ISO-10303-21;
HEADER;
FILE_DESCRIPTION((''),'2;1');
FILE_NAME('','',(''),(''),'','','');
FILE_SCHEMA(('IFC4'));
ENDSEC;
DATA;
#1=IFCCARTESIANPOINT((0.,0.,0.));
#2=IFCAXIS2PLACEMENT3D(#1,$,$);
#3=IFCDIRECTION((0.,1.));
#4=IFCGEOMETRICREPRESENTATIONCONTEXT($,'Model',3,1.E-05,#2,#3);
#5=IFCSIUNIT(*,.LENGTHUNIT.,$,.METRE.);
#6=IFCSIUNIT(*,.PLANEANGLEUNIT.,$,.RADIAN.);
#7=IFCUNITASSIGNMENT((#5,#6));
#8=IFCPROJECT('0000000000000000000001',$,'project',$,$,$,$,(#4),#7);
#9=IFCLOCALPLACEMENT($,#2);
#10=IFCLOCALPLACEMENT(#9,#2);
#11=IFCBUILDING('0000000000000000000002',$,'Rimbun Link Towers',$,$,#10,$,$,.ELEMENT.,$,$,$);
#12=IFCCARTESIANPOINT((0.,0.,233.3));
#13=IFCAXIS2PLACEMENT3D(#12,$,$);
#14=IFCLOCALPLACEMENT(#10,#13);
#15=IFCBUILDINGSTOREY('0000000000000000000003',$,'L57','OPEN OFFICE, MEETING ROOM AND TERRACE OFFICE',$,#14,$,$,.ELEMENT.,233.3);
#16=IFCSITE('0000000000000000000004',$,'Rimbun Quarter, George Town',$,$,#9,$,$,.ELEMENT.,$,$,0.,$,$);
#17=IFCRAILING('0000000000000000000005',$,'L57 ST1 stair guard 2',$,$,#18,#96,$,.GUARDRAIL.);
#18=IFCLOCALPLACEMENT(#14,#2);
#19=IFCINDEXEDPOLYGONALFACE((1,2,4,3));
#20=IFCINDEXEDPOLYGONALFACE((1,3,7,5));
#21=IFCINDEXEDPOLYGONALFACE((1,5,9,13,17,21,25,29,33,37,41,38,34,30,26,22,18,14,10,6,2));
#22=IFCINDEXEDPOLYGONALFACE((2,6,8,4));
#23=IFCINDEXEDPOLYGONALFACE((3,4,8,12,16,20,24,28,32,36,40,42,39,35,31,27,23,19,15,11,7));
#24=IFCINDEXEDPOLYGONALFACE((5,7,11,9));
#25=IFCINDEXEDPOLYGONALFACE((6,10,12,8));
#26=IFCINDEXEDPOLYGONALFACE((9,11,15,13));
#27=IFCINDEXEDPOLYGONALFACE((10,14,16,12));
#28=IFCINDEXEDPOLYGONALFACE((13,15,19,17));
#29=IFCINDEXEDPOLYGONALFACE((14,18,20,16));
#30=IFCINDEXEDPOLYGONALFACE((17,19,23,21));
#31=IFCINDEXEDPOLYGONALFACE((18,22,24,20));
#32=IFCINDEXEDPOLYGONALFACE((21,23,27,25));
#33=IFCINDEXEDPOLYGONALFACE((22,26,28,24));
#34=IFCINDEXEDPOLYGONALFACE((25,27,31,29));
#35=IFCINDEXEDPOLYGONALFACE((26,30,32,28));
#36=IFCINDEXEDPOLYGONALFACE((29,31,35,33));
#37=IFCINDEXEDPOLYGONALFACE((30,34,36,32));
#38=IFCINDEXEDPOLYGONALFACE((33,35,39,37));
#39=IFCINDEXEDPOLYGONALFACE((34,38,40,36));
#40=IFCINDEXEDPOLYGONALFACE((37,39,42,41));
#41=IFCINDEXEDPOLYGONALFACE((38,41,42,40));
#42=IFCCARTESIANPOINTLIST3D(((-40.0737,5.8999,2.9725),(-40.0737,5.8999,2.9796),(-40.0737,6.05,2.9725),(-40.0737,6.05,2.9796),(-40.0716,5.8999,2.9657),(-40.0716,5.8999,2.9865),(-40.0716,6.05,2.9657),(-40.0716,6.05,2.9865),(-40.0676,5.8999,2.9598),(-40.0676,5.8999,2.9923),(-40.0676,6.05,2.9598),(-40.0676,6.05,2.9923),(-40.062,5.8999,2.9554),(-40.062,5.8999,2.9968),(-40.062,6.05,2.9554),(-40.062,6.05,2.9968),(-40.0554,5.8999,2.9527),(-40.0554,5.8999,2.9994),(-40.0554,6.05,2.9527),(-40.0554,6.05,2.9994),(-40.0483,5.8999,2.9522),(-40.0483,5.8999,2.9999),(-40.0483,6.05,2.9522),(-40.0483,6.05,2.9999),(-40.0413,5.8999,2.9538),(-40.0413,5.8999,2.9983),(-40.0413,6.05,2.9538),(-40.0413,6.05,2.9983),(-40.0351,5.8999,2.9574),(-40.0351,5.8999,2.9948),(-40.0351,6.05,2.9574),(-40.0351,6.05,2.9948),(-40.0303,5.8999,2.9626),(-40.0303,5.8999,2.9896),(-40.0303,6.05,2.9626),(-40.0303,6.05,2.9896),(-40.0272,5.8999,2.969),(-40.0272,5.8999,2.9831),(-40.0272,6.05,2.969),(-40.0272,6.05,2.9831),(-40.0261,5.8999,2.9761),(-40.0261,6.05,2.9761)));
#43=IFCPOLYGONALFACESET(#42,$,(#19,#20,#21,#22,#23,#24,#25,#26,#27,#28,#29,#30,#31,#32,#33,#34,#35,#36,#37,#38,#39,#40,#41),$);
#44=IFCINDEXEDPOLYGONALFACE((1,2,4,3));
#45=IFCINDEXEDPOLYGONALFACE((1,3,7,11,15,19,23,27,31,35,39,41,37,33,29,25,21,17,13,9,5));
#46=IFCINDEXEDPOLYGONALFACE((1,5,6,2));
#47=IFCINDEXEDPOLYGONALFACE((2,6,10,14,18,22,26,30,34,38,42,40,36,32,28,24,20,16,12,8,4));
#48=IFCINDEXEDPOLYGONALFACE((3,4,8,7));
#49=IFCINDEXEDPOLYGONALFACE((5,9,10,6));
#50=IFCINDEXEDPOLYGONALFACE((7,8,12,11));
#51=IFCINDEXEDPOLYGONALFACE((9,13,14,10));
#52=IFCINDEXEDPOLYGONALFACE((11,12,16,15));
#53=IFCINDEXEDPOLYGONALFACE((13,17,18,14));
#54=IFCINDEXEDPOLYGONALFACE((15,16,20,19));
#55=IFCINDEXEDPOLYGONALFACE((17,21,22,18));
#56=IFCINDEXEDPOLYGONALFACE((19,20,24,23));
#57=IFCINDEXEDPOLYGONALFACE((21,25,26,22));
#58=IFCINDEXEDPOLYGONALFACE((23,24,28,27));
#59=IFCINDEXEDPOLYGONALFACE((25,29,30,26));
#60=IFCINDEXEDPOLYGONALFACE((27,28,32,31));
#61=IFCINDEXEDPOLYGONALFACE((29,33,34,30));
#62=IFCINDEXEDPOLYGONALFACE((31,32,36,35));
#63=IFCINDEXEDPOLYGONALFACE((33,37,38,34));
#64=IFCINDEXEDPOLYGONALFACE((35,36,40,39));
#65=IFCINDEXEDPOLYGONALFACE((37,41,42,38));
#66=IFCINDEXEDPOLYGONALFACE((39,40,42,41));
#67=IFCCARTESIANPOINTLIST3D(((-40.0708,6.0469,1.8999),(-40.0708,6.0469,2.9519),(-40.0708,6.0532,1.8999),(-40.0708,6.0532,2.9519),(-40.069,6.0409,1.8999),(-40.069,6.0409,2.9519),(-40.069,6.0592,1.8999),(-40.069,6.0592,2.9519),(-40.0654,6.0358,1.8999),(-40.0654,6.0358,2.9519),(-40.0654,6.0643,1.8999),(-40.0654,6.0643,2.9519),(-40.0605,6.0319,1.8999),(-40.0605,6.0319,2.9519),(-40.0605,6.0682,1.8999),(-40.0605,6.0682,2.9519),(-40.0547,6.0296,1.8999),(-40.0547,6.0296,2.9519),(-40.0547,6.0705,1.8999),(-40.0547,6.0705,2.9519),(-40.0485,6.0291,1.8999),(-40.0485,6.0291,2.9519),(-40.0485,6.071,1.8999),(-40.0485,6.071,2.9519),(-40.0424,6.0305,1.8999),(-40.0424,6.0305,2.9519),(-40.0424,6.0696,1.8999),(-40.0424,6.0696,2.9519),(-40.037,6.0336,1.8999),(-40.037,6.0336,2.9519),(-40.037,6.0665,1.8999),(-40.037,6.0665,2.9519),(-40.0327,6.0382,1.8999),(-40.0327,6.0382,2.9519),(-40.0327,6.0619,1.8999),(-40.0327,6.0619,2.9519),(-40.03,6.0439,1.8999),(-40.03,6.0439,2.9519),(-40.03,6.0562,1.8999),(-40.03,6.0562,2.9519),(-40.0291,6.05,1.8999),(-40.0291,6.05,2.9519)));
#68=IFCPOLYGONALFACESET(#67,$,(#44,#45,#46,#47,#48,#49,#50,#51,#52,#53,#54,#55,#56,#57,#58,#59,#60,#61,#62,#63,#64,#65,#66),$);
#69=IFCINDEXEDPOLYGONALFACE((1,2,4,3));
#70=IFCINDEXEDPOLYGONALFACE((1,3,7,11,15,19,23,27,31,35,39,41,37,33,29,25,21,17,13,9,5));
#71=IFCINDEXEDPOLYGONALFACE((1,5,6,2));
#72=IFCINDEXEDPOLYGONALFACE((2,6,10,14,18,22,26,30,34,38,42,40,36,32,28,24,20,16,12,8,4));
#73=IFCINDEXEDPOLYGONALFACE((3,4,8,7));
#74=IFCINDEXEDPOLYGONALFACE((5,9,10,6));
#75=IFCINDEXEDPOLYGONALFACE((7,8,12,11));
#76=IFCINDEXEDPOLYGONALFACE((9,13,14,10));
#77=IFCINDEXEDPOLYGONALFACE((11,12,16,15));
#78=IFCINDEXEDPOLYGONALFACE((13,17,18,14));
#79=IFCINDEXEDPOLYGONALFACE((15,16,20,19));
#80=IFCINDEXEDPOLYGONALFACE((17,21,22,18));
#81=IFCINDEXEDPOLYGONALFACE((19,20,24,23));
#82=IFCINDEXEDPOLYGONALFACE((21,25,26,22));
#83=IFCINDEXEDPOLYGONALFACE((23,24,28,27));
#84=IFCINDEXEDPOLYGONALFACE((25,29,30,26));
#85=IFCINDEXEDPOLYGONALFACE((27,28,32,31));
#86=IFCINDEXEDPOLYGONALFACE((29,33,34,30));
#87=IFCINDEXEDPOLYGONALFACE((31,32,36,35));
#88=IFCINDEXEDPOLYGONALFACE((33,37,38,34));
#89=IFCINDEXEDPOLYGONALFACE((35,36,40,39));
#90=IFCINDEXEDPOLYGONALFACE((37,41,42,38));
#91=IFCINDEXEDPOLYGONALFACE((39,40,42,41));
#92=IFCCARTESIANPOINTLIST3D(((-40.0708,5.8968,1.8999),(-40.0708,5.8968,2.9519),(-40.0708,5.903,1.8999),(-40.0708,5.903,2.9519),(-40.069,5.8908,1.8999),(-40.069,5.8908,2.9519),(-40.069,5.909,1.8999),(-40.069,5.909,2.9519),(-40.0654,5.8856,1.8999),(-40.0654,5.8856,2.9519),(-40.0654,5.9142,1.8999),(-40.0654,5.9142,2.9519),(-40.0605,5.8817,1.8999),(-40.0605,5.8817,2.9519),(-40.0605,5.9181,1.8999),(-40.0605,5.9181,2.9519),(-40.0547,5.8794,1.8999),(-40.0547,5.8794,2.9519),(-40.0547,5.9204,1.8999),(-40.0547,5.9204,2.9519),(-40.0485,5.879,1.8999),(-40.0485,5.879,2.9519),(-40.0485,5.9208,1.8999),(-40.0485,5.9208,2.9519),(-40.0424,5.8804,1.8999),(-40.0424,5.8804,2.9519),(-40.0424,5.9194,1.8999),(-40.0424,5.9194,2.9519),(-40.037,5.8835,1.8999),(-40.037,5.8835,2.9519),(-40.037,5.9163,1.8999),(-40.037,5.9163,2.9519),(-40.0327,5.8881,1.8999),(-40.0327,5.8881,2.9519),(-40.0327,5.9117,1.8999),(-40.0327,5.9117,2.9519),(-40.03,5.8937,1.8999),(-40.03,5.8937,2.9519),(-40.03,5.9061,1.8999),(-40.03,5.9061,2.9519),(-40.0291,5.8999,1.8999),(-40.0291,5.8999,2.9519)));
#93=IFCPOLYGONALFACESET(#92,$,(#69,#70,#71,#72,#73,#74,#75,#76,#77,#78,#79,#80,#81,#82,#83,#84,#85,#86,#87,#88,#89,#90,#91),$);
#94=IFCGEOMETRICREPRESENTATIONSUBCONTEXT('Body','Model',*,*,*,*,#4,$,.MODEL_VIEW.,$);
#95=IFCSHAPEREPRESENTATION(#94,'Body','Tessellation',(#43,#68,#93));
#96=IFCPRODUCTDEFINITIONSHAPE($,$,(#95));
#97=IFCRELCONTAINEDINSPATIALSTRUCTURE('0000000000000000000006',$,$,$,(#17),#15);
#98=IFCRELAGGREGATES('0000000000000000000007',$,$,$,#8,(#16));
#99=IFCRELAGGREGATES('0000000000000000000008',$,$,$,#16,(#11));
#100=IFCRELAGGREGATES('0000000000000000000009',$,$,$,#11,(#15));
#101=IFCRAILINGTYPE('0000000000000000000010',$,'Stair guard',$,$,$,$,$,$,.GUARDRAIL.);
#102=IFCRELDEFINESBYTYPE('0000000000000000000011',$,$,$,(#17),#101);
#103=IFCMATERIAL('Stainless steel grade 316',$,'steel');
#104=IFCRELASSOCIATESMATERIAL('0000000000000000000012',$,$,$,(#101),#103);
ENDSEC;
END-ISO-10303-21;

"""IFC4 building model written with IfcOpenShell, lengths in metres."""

from ifc_helpers import new_model, si_unit, direction, frame, origin, origin_2d, place, context, subcontext, project, spatial, circle, extrude, material, type_object, element, save


model = new_model("IFC4")

# Units and contexts
model_context = context("Model", 3, precision=1e-05, world=origin(), true_north=direction((0.0, 1.0)))
body_context = subcontext(model_context, "Body", "Model", "MODEL_VIEW")
ifc_project = project(units=[si_unit("LENGTHUNIT", "METRE"), si_unit("PLANEANGLEUNIT", "RADIAN")], contexts=[model_context])

# Site, building, storey
site_placement = place(None, origin())
site = spatial("IfcSite", under=ifc_project, at=site_placement, Name="Rimbun Quarter, George Town", CompositionType="ELEMENT", RefElevation=0.0)
building_placement = place(site_placement, origin())
building = spatial("IfcBuilding", under=site, at=building_placement, Name="Rimbun Link Towers", CompositionType="ELEMENT")
storey_placement = place(building_placement, frame((0.0, 0.0, 233.3)))
storey = spatial("IfcBuildingStorey", under=building, at=storey_placement, Name="L57", Description="OPEN OFFICE, MEETING ROOM AND TERRACE OFFICE", CompositionType="ELEMENT", Elevation=233.3)

# Railing
ifc_material_1 = material(Name="Stainless steel grade 316", Category="steel")
railing_type_1 = type_object("IfcRailingType", Name="Stair guard", PredefinedType="GUARDRAIL", material=ifc_material_1)
railing_1_placement = place(storey_placement, frame((-40.05, 6.05, 1.8999)))
element("IfcRailing", 1, at=railing_1_placement, inside=storey, type_object=railing_type_1, Name="L57 ST1 stair guard 2", PredefinedType="GUARDRAIL", context=body_context, shape_type="SweptSolid", body=[
    extrude(circle(Radius=0.0239, at=origin_2d()), frame((0.0, 0.0, 1.0762), z_axis=(0.0, -1.0, 0.0), x_axis=(1.0, 0.0, 0.0)), (0.0, 0.0, 1.0), 0.1501),
    extrude(circle(Radius=0.021, at=origin_2d()), origin(), (0.0, 0.0, 1.0), 1.052),
    extrude(circle(Radius=0.021, at=origin_2d()), frame((0.0, -0.1501, 0.0)), (0.0, 0.0, 1.0), 1.052),
])

save(model, "model.ifc")
